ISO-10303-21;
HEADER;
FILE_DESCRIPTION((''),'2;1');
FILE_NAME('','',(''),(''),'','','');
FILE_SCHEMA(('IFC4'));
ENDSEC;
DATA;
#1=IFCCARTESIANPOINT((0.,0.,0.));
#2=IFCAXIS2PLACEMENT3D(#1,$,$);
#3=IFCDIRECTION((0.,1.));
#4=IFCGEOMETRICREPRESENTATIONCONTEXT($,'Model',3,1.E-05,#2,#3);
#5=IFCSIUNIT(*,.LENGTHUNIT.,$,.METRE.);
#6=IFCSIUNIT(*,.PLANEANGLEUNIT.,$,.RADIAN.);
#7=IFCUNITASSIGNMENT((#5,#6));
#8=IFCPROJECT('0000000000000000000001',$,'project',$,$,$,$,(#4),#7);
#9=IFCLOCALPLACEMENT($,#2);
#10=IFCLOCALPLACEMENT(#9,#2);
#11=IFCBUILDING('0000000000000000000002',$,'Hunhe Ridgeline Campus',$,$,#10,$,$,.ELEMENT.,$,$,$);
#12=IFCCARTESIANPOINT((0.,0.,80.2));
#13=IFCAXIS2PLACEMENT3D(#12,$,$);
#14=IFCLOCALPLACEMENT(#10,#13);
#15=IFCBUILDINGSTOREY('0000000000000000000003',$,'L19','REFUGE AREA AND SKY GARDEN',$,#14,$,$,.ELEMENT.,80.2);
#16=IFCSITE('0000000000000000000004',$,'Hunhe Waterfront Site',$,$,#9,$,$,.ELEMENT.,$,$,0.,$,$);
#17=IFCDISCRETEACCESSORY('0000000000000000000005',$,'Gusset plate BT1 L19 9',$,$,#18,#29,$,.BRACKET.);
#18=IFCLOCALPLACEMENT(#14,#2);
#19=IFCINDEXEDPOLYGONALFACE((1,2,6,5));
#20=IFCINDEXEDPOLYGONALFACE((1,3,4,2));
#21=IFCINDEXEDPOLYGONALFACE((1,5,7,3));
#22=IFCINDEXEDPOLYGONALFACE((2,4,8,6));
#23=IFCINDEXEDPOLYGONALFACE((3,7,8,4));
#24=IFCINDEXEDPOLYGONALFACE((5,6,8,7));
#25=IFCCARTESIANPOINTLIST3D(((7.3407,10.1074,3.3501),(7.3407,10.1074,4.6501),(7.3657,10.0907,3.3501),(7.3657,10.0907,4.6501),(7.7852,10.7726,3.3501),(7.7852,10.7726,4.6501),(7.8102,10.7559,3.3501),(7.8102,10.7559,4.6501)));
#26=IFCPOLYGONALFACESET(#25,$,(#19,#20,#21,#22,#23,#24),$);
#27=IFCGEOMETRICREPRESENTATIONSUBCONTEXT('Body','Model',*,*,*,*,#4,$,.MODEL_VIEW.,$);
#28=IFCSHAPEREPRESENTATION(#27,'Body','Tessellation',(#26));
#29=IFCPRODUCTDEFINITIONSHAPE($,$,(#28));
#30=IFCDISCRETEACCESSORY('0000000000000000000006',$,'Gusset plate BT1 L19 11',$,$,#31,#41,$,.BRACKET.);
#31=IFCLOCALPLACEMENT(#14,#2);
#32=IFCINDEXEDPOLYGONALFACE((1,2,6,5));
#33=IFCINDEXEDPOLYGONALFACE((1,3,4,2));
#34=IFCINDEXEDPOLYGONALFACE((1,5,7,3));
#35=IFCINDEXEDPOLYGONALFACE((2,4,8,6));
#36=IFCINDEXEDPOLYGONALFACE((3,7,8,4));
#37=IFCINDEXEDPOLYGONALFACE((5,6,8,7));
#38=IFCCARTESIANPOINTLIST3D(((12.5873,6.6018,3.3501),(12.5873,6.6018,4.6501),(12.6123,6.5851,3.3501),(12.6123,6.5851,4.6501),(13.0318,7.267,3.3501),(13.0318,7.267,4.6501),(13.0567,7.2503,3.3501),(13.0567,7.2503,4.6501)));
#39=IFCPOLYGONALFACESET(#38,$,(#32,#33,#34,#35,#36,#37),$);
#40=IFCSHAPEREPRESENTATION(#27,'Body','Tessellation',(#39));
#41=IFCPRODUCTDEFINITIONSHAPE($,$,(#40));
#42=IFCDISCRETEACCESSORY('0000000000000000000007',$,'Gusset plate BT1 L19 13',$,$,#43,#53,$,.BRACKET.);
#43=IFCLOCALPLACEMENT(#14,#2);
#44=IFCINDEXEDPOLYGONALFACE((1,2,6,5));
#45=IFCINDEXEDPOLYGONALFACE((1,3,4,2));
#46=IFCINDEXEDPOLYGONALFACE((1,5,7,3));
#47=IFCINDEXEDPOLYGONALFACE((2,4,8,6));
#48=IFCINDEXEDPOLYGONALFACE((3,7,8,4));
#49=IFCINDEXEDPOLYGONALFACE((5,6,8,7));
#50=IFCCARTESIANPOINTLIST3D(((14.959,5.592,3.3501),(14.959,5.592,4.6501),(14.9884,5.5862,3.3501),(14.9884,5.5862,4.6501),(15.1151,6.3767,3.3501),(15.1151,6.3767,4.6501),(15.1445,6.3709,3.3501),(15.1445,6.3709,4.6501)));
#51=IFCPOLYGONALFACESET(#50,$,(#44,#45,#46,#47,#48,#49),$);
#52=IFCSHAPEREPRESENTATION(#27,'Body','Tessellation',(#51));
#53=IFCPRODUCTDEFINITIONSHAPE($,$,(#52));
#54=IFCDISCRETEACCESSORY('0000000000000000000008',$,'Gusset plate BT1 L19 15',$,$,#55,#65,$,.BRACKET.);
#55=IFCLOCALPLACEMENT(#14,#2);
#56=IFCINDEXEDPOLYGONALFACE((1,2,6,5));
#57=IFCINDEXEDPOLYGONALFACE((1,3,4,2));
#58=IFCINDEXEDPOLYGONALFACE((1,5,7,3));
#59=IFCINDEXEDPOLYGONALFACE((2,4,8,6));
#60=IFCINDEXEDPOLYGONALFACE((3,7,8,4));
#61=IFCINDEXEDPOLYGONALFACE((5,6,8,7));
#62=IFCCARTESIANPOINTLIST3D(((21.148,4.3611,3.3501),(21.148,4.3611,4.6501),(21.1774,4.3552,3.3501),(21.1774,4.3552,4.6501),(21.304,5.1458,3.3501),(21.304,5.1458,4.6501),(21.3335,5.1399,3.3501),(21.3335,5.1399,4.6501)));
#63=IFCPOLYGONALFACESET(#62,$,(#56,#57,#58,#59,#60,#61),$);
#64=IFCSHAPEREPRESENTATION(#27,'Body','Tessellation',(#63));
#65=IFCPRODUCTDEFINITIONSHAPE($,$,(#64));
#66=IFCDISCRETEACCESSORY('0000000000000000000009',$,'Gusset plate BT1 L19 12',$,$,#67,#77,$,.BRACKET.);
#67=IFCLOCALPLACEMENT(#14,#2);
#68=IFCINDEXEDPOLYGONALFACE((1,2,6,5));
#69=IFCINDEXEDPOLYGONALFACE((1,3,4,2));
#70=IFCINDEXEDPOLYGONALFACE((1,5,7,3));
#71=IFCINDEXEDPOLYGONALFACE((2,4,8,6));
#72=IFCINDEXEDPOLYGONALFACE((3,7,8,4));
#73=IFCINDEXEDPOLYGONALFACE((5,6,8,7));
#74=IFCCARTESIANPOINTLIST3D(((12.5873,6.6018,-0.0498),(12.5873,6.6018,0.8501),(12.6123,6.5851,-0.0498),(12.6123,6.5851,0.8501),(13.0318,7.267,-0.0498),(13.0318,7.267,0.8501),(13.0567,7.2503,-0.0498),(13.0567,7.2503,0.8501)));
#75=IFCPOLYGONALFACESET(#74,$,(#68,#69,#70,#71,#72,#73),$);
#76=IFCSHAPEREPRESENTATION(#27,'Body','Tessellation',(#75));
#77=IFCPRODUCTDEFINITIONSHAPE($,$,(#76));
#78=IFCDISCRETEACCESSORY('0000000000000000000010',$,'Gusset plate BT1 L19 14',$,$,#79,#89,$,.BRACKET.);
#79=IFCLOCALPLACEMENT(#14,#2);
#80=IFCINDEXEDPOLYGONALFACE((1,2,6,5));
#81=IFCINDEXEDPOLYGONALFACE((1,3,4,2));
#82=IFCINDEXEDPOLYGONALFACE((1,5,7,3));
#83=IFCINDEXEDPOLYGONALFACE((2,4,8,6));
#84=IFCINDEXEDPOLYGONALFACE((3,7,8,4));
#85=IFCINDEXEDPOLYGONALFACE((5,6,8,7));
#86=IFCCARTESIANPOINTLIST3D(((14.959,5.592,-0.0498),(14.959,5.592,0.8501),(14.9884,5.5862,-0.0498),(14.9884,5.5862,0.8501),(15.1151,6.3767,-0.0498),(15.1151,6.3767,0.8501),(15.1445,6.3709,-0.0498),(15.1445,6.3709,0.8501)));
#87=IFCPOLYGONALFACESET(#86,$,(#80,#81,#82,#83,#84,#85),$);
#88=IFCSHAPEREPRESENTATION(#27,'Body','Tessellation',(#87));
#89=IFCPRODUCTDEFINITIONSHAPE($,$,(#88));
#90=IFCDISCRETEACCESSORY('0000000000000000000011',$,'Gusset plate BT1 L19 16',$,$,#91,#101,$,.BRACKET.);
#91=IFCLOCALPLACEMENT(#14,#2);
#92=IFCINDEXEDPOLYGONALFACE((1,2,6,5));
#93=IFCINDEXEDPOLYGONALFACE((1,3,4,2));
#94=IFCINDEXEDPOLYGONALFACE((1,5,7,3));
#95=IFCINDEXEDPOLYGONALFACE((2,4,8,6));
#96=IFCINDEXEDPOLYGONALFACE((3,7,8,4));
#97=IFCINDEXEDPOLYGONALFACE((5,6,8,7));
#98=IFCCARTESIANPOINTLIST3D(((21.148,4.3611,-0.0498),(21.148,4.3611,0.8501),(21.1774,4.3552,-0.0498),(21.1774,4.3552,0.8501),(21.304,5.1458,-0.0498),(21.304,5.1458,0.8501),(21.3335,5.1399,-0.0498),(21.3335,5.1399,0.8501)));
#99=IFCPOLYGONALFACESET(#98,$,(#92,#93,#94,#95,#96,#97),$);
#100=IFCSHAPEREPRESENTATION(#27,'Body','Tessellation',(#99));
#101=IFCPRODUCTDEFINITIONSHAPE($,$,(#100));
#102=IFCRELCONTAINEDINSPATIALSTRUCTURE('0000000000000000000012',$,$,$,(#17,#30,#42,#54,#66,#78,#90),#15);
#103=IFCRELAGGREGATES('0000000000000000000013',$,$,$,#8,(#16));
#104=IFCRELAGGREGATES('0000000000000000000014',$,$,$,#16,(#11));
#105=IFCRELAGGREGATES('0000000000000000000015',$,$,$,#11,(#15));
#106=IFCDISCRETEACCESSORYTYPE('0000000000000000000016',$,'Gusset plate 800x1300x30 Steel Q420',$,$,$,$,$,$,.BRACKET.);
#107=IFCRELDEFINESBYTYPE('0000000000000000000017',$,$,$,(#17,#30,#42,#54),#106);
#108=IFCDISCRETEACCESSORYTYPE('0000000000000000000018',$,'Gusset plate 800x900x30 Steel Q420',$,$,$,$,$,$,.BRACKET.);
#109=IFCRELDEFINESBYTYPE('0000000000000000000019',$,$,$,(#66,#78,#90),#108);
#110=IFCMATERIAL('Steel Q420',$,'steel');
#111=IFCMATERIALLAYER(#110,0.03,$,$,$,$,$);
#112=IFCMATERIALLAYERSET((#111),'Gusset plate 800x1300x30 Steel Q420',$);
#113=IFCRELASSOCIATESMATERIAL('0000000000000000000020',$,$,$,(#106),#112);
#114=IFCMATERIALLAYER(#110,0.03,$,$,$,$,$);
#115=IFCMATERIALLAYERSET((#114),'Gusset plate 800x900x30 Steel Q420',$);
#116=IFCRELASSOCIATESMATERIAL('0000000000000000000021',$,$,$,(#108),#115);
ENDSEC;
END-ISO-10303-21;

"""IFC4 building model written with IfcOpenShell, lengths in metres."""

from ifc_helpers import new_model, si_unit, direction, frame, origin, origin_2d, place, context, subcontext, project, spatial, rectangle, extrude, material, layer, layer_set, type_object, element, save


model = new_model("IFC4")

# Units and contexts
model_context = context("Model", 3, precision=1e-05, world=origin(), true_north=direction((0.0, 1.0)))
body_context = subcontext(model_context, "Body", "Model", "MODEL_VIEW")
ifc_project = project(units=[si_unit("LENGTHUNIT", "METRE"), si_unit("PLANEANGLEUNIT", "RADIAN")], contexts=[model_context])

# Site, building, storey
site_placement = place(None, origin())
site = spatial("IfcSite", under=ifc_project, at=site_placement, Name="Hunhe Waterfront Site", CompositionType="ELEMENT", RefElevation=0.0)
building_placement = place(site_placement, origin())
building = spatial("IfcBuilding", under=site, at=building_placement, Name="Hunhe Ridgeline Campus", CompositionType="ELEMENT")
storey_placement = place(building_placement, frame((0.0, 0.0, 80.2)))
storey = spatial("IfcBuildingStorey", under=building, at=storey_placement, Name="L19", Description="REFUGE AREA AND SKY GARDEN", CompositionType="ELEMENT", Elevation=80.2)

# Shared definitions
ifc_material_1 = material(Name="Steel Q420", Category="steel")

# Discrete accessories
ifc_layer_1 = layer(ifc_material_1, 0.03)
ifc_layer_set_1 = layer_set([ifc_layer_1], Name="Gusset plate 800x1300x30 Steel Q420")
discrete_accessory_type_1 = type_object("IfcDiscreteAccessoryType", Name="Gusset plate 800x1300x30 Steel Q420", PredefinedType="BRACKET", material=ifc_layer_set_1)
for number, where, z_axis, x_axis, name in (
    (1, (7.5754, 10.4316, 3.3501), (0.0, 0.0, 1.0), (-0.83147, 0.55557, 0.0), "Gusset plate BT1 L19 9"),
    (2, (12.822, 6.926, 3.3501), (0.0, 0.0, 1.0), (0.83147, -0.55557, 0.0), "Gusset plate BT1 L19 11"),
    (3, (15.0518, 5.9814, 3.3501), (0.0, 0.0, 1.0), (-0.980785, 0.19509, 0.0), "Gusset plate BT1 L19 13"),
    (4, (21.2407, 4.7505, 3.3501), (0.0, 0.0, 1.0), (0.980785, -0.19509, 0.0), "Gusset plate BT1 L19 15"),
):
    element("IfcDiscreteAccessory", number, at=place(storey_placement, frame(where, z_axis=z_axis, x_axis=x_axis)), inside=storey, type_object=discrete_accessory_type_1, Name=name, PredefinedType="BRACKET", context=body_context, shape_type="SweptSolid", body=[
        extrude(rectangle(XDim=0.03, YDim=0.8, at=origin_2d()), origin(), (0.0, 0.0, 1.0), 1.3),
    ])
ifc_layer_2 = layer(ifc_material_1, 0.03)
ifc_layer_set_2 = layer_set([ifc_layer_2], Name="Gusset plate 800x900x30 Steel Q420")
discrete_accessory_type_2 = type_object("IfcDiscreteAccessoryType", Name="Gusset plate 800x900x30 Steel Q420", PredefinedType="BRACKET", material=ifc_layer_set_2)
for number, where, z_axis, x_axis, name in (
    (5, (12.822, 6.926, -0.0498), (0.0, 0.0, 1.0), (0.83147, -0.55557, 0.0), "Gusset plate BT1 L19 12"),
    (6, (15.0518, 5.9814, -0.0498), (0.0, 0.0, 1.0), (-0.980785, 0.19509, 0.0), "Gusset plate BT1 L19 14"),
    (7, (21.2407, 4.7505, -0.0498), (0.0, 0.0, 1.0), (0.980785, -0.19509, 0.0), "Gusset plate BT1 L19 16"),
):
    element("IfcDiscreteAccessory", number, at=place(storey_placement, frame(where, z_axis=z_axis, x_axis=x_axis)), inside=storey, type_object=discrete_accessory_type_2, Name=name, PredefinedType="BRACKET", context=body_context, shape_type="SweptSolid", body=[
        extrude(rectangle(XDim=0.03, YDim=0.8, at=origin_2d()), origin(), (0.0, 0.0, 1.0), 0.8999),
    ])

save(model, "model.ifc")
